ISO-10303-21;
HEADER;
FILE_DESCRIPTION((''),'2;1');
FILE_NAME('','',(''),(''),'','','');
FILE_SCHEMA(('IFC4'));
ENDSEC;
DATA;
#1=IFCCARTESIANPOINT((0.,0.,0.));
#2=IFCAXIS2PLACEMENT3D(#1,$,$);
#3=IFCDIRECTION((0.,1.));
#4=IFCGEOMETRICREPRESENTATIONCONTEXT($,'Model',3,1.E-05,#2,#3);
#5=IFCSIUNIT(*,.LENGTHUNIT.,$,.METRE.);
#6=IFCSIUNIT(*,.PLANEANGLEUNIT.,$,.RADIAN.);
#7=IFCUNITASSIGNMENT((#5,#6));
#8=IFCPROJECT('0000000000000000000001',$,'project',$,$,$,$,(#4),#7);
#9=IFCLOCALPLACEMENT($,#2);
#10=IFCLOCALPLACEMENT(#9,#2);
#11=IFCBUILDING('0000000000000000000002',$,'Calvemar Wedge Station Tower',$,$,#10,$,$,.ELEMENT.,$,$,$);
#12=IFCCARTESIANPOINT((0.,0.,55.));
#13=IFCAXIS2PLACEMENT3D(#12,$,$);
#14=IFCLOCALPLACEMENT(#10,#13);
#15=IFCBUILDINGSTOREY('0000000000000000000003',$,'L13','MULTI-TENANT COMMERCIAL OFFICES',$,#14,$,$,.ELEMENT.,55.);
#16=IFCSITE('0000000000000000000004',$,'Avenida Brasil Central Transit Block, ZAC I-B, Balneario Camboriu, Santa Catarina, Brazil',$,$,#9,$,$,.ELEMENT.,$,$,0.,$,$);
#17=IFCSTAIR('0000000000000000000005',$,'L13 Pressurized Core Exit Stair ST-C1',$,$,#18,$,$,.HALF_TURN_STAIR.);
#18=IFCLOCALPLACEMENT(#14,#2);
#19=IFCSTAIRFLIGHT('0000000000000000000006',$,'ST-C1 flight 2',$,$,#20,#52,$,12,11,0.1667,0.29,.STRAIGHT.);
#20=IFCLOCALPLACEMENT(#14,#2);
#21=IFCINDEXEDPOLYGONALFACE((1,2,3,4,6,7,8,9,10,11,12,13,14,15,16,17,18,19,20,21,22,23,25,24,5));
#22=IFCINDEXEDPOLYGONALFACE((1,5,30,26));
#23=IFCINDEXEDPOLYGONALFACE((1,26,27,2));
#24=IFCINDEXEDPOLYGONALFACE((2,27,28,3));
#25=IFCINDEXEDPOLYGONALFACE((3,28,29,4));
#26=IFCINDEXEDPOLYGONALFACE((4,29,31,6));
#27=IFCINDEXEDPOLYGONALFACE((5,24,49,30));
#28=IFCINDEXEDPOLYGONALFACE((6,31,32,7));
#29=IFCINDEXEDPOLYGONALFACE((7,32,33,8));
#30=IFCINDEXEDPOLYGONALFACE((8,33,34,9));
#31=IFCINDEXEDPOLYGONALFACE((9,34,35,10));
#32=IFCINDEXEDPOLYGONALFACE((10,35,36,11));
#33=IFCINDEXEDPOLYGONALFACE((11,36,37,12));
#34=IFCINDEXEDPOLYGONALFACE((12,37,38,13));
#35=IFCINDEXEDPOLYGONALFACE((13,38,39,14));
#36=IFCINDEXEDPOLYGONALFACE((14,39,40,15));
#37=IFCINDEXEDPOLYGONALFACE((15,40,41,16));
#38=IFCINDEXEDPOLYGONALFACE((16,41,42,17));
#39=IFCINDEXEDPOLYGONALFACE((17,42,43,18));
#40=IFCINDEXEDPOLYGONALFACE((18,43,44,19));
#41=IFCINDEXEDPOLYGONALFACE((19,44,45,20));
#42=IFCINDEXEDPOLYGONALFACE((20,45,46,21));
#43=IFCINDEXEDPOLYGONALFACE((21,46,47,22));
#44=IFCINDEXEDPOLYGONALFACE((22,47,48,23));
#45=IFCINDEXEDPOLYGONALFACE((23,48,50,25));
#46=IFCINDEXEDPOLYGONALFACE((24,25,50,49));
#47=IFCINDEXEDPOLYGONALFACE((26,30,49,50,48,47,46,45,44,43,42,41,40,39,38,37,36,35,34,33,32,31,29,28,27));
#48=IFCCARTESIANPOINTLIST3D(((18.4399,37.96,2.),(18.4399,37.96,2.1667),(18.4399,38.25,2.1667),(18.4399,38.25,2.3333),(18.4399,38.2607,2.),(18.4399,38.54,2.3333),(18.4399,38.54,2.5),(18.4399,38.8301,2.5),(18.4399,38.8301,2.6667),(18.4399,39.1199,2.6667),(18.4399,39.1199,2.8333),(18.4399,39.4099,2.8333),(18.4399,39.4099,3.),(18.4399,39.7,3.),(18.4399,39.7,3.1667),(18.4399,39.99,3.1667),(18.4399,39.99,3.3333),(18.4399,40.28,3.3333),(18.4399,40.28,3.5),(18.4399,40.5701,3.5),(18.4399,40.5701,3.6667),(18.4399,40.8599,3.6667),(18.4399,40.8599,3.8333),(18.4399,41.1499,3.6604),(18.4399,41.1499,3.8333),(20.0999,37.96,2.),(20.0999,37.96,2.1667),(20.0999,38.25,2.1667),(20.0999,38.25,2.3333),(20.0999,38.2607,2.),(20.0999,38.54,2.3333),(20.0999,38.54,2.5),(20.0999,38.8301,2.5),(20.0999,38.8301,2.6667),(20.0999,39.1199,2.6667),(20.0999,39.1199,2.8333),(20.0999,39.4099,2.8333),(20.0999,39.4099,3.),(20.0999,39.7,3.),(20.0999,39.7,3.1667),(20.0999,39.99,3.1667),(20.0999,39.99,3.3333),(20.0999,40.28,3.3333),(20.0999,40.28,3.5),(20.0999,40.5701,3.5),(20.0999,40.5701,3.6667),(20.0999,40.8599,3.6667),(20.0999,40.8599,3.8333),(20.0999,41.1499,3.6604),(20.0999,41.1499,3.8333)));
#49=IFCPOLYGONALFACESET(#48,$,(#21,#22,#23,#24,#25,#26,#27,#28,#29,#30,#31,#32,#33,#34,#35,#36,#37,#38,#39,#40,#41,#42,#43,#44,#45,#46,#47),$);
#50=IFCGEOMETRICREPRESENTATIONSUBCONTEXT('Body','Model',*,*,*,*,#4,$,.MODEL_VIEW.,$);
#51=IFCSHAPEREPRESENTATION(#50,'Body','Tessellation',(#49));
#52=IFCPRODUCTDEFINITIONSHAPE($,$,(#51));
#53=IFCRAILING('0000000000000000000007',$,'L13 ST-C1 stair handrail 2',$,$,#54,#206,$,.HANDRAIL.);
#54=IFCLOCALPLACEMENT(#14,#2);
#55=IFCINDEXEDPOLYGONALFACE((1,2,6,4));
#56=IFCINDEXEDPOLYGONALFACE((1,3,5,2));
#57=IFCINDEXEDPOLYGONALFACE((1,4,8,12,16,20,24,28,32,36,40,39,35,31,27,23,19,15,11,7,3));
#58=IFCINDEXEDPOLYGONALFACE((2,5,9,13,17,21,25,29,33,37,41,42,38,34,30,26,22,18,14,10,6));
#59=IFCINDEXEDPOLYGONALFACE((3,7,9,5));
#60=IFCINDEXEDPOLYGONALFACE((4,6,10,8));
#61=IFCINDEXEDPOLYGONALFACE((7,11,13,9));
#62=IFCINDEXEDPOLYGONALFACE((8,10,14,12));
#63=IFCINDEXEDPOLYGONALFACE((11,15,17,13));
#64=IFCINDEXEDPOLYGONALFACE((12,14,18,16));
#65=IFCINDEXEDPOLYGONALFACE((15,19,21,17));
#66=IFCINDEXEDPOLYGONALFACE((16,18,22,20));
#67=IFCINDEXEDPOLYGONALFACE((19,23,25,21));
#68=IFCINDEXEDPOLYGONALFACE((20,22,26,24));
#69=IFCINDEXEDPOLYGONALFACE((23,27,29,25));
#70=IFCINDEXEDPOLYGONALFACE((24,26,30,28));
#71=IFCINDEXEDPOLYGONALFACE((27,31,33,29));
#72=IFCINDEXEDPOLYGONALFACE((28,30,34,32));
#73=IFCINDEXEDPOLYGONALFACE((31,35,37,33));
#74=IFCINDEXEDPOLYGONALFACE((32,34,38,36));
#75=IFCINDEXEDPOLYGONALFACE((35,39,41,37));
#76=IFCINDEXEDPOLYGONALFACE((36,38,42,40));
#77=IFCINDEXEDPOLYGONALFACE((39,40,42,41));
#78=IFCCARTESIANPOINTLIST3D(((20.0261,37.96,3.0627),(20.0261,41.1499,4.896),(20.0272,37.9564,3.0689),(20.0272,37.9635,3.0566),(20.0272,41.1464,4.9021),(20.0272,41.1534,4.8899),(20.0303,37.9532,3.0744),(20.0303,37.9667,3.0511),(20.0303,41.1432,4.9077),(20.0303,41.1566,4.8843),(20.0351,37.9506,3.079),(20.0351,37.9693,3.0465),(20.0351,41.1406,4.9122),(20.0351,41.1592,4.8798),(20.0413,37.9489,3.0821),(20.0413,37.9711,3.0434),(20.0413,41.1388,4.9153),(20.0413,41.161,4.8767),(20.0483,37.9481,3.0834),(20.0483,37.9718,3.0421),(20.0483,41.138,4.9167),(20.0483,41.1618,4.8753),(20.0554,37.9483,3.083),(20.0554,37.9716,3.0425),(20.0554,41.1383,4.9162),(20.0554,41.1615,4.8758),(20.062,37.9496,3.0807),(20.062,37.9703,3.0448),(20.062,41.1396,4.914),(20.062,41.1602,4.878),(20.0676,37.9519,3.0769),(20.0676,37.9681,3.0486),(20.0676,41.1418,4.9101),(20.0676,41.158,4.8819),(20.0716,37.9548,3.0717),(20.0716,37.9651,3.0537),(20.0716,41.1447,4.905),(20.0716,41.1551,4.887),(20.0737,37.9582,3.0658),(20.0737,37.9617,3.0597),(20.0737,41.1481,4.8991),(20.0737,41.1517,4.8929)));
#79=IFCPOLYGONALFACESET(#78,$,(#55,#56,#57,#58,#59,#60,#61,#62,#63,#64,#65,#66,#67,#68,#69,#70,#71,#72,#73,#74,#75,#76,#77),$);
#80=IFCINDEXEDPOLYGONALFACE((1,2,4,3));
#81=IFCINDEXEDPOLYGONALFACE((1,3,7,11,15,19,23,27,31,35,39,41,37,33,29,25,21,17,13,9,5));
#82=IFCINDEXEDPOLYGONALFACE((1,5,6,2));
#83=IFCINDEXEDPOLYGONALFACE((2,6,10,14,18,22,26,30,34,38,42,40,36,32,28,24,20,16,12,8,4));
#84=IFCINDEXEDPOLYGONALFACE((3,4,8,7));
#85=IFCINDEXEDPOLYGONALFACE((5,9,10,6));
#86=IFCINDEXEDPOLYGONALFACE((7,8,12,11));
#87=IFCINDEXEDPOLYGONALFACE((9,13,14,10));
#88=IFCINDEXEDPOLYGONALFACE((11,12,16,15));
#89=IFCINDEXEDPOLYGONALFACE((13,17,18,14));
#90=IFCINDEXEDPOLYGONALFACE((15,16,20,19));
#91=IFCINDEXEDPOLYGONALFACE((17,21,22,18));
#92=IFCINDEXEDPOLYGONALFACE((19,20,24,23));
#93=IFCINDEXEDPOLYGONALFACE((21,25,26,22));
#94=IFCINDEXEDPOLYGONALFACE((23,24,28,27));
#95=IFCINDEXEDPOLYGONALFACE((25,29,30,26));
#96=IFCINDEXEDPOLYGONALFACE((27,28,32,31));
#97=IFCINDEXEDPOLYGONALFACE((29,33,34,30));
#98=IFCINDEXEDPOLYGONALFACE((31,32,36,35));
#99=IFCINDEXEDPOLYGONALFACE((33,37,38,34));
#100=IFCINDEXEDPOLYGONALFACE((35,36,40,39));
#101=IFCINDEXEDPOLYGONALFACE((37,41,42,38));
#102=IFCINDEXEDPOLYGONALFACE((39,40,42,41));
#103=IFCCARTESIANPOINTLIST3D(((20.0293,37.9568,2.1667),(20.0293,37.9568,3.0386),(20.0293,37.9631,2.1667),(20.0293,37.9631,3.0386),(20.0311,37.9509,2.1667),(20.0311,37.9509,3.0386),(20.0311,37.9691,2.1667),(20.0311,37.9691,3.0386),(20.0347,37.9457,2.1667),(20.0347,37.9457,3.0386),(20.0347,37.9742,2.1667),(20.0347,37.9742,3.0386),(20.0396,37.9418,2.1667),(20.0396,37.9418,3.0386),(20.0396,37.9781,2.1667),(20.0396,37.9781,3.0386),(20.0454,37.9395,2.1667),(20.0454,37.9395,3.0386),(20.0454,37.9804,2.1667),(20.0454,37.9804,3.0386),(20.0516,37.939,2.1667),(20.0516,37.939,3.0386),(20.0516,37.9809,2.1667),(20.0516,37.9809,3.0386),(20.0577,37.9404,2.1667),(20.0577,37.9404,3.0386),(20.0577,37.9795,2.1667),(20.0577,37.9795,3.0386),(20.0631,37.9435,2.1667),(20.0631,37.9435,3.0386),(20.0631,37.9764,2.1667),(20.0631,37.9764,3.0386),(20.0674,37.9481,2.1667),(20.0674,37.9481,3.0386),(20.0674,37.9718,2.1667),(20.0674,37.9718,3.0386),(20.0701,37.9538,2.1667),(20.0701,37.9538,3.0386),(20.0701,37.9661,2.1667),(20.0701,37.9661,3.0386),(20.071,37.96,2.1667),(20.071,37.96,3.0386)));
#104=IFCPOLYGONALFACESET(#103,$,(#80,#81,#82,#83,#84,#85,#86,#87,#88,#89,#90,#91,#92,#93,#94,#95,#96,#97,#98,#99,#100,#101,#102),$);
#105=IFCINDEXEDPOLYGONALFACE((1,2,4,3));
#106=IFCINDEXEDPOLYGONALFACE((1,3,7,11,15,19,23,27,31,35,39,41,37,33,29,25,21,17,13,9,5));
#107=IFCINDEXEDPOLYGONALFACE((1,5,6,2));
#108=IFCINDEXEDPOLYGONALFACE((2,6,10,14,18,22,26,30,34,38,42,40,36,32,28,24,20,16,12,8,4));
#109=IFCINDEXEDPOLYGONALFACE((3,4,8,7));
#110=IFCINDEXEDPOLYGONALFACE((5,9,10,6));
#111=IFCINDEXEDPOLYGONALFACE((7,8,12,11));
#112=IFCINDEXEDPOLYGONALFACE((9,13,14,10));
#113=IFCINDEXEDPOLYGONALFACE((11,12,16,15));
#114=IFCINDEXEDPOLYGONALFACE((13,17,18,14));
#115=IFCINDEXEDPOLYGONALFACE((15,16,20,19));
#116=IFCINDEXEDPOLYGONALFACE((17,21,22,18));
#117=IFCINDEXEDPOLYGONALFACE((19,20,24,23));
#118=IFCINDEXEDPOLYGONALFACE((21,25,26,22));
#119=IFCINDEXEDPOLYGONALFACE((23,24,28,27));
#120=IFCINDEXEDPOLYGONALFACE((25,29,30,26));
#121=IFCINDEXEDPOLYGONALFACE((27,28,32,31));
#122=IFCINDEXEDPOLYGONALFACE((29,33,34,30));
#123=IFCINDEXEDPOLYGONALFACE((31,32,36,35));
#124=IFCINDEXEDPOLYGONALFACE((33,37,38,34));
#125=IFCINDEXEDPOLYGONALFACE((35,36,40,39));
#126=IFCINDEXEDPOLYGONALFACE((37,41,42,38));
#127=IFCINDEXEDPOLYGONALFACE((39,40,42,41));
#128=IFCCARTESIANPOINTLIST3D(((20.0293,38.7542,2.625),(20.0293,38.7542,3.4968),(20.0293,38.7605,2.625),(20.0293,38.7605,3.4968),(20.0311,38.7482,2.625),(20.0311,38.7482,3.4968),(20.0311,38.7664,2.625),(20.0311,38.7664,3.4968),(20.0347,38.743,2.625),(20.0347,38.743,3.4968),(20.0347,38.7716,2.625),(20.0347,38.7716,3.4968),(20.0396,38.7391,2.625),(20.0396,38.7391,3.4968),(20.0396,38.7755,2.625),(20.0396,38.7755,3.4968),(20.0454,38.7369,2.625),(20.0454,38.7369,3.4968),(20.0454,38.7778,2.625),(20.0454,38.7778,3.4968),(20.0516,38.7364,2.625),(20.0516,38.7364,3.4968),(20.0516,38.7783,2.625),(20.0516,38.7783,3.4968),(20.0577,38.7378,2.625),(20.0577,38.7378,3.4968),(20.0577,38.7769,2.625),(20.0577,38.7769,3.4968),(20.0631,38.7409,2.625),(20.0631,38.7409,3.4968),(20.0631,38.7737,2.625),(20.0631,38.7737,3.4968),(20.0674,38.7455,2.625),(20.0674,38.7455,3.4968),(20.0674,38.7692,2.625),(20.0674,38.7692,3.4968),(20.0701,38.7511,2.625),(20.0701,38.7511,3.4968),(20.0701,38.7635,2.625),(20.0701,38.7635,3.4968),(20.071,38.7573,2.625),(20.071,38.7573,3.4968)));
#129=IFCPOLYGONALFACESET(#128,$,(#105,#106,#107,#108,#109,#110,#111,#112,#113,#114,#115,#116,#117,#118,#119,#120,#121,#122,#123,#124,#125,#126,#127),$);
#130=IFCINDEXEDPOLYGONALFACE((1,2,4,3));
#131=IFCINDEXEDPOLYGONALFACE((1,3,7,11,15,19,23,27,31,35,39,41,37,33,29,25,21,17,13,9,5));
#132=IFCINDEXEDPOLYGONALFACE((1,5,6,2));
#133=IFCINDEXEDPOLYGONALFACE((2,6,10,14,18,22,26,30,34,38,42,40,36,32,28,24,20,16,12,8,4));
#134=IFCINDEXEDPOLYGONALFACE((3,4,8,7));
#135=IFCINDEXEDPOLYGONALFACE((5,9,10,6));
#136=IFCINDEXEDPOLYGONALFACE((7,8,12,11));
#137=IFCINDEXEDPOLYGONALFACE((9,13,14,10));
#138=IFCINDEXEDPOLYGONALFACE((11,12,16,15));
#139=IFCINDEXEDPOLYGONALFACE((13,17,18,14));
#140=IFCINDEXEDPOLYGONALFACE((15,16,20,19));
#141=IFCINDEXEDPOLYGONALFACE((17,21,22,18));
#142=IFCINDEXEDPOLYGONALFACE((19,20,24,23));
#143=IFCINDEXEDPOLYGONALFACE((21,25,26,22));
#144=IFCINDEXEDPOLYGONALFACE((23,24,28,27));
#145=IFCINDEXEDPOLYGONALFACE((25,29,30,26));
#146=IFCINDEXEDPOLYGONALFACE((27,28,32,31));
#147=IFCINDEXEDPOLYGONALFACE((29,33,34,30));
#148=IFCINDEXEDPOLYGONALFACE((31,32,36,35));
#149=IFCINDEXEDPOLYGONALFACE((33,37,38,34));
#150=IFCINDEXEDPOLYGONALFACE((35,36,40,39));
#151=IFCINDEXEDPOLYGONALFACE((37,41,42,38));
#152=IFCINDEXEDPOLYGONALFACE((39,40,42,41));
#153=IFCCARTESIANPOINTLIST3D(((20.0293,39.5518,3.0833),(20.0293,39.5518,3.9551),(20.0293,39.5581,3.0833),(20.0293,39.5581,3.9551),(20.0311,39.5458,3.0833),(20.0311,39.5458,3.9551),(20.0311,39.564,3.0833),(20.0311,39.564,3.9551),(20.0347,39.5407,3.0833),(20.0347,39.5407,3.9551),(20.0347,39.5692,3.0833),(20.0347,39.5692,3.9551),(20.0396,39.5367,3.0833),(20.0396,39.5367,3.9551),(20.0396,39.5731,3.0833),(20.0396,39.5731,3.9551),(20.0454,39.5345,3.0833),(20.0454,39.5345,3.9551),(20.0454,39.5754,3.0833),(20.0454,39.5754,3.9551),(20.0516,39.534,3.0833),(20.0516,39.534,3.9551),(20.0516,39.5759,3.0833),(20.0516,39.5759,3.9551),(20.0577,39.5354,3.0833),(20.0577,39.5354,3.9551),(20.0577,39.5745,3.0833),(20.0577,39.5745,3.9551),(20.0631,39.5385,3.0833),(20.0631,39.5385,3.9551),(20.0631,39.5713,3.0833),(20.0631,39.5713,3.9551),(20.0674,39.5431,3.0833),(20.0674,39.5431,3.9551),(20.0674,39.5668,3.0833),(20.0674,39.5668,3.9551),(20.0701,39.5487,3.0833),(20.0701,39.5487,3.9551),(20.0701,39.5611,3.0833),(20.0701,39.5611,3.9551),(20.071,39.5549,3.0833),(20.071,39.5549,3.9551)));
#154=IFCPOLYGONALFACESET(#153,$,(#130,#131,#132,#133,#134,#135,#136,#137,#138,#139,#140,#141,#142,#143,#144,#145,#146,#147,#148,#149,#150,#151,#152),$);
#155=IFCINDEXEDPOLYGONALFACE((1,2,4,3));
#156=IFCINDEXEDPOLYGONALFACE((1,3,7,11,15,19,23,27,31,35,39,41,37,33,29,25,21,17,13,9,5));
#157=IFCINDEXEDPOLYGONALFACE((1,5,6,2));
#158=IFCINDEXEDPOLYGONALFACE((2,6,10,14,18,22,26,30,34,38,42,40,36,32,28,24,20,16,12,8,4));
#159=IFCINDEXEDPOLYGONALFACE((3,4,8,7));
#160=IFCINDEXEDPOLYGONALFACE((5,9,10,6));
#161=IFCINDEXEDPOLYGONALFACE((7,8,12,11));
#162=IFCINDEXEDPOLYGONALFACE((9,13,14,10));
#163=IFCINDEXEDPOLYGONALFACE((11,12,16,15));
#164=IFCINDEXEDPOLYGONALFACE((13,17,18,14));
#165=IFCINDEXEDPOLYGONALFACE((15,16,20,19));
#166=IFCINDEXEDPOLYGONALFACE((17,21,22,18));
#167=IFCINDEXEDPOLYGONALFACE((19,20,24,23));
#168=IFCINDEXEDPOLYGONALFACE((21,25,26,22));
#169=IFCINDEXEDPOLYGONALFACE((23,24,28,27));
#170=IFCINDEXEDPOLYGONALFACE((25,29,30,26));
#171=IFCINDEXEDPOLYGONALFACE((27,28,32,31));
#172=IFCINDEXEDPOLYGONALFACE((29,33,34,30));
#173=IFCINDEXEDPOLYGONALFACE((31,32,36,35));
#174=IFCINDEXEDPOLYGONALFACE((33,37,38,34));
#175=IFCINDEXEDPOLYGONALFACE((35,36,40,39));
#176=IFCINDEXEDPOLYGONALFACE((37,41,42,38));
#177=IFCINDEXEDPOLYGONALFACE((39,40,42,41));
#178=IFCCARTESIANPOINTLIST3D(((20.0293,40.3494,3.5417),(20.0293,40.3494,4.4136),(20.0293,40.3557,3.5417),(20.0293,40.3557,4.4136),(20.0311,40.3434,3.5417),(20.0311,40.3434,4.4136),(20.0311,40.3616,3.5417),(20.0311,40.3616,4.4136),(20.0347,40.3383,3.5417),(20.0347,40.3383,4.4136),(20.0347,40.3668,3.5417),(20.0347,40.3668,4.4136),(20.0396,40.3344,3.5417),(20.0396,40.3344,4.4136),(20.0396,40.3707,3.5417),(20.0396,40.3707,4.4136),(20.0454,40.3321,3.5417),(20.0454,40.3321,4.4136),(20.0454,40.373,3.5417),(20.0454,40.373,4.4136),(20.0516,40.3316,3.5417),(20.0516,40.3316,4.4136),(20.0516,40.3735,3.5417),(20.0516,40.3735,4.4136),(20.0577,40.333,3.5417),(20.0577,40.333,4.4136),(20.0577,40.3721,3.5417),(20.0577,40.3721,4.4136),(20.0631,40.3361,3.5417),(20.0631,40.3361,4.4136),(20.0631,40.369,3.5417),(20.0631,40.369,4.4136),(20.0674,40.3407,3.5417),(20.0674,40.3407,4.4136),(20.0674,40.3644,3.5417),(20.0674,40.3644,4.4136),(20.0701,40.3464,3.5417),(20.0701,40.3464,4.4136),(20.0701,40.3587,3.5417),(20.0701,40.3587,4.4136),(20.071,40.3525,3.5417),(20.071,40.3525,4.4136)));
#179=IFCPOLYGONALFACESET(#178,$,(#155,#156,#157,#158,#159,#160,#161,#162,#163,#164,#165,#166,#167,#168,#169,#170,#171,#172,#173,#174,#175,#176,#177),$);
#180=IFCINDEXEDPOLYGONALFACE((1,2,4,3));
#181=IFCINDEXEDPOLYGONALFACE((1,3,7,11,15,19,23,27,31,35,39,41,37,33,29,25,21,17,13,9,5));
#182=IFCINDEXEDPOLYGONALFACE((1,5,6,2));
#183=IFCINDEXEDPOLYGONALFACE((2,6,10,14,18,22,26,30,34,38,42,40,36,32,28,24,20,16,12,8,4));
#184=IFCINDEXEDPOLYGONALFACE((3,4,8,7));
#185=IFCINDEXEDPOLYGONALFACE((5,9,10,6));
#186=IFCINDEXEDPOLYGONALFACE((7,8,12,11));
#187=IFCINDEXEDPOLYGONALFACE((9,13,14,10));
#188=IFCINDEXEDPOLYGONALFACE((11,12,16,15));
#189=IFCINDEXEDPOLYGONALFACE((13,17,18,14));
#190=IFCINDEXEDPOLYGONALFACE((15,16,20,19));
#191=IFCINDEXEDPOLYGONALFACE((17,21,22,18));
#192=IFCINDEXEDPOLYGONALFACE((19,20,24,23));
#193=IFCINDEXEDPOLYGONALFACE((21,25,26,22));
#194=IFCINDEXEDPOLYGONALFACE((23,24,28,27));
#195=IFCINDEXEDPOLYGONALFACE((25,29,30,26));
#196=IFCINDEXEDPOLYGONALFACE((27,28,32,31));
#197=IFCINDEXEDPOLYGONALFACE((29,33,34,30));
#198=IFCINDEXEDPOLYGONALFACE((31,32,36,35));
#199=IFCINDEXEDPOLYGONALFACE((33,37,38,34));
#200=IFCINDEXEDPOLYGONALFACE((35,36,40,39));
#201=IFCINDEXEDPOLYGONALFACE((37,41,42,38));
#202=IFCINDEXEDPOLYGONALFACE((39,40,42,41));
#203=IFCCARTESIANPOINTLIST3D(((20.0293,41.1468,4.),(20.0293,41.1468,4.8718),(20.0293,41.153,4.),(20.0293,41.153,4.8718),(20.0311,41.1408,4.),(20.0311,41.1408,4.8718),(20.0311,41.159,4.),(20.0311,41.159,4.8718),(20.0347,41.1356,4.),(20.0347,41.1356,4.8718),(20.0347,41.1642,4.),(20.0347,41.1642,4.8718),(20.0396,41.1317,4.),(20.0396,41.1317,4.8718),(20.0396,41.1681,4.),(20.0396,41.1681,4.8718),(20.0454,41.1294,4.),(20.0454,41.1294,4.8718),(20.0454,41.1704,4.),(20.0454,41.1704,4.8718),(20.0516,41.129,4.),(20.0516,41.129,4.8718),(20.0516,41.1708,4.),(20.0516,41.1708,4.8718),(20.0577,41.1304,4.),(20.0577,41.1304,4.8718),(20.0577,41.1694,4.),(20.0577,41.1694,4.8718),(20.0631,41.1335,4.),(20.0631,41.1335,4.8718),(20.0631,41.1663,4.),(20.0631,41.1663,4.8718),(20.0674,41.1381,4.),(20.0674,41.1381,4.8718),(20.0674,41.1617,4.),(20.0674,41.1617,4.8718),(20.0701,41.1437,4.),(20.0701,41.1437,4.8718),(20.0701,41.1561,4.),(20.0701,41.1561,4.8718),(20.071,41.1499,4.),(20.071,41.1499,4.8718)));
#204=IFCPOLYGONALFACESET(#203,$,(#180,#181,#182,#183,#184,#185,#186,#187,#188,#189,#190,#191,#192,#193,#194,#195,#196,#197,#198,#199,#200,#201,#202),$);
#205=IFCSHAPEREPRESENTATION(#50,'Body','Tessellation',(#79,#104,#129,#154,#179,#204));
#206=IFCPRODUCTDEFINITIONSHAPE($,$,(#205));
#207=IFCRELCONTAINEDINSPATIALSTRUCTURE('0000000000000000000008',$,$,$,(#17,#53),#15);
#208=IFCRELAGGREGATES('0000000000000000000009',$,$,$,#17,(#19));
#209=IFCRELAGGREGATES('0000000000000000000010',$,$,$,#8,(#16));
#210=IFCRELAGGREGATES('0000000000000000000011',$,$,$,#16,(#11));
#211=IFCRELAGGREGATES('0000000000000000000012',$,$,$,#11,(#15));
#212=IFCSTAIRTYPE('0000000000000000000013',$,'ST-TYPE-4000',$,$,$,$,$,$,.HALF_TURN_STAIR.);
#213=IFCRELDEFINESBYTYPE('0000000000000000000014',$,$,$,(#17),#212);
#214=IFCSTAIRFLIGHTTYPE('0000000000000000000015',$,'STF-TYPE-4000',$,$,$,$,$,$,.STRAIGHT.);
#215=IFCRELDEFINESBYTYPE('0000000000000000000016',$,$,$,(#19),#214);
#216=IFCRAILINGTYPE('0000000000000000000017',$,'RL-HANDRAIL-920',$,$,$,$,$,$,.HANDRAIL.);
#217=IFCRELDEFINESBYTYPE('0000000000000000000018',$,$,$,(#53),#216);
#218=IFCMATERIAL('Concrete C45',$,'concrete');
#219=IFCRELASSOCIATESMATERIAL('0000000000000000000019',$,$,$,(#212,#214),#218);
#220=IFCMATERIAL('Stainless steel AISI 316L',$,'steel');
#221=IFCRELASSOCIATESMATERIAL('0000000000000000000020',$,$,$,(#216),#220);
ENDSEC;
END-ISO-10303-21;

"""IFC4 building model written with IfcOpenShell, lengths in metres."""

from ifc_helpers import new_model, si_unit, direction, frame, origin, origin_2d, place, context, subcontext, project, spatial, polyline, circle, outline, extrude, material, type_object, element, aggregate, save


model = new_model("IFC4")

# Units and contexts
model_context = context("Model", 3, precision=1e-05, world=origin(), true_north=direction((0.0, 1.0)))
body_context = subcontext(model_context, "Body", "Model", "MODEL_VIEW")
ifc_project = project(units=[si_unit("LENGTHUNIT", "METRE"), si_unit("PLANEANGLEUNIT", "RADIAN")], contexts=[model_context])

# Site, building, storey
site_placement = place(None, origin())
site = spatial("IfcSite", under=ifc_project, at=site_placement, Name="Avenida Brasil Central Transit Block, ZAC I-B, Balneario Camboriu, Santa Catarina, Brazil", CompositionType="ELEMENT", RefElevation=0.0)
building_placement = place(site_placement, origin())
building = spatial("IfcBuilding", under=site, at=building_placement, Name="Calvemar Wedge Station Tower", CompositionType="ELEMENT")
storey_placement = place(building_placement, frame((0.0, 0.0, 55.0)))
storey = spatial("IfcBuildingStorey", under=building, at=storey_placement, Name="L13", Description="MULTI-TENANT COMMERCIAL OFFICES", CompositionType="ELEMENT", Elevation=55.0)

# Stair, stair flight
ifc_material_1 = material(Name="Concrete C45", Category="concrete")
stair_type = type_object("IfcStairType", Name="ST-TYPE-4000", PredefinedType="HALF_TURN_STAIR", material=ifc_material_1)
stair_placement = place(storey_placement, origin())
stair = element("IfcStair", 1, at=stair_placement, inside=storey, type_object=stair_type, Name="L13 Pressurized Core Exit Stair ST-C1", PredefinedType="HALF_TURN_STAIR")
stair_flight_type = type_object("IfcStairFlightType", Name="STF-TYPE-4000", PredefinedType="STRAIGHT", material=ifc_material_1)
stair_flight_placement = place(storey_placement, frame((19.27, 37.96, 2.0), z_axis=(0.0, 0.0, 1.0), x_axis=(0.0, 1.0, 0.0)))
stair_flight = element("IfcStairFlight", 2, at=stair_flight_placement, type_object=stair_flight_type, Name="ST-C1 flight 2", NumberOfRisers=12, NumberOfTreads=11, PredefinedType="STRAIGHT", RiserHeight=0.1667, TreadLength=0.29, context=body_context, shape_type="SweptSolid", body=[
    extrude(outline(polyline([(0.0, 0.0), (0.0, 0.1667), (0.29, 0.1667), (0.29, 0.3333), (0.5801, 0.3333), (0.5801, 0.5), (0.8701, 0.5), (0.8701, 0.6667), (1.1599, 0.6667), (1.1599, 0.8333), (1.45, 0.8333), (1.45, 1.0), (1.74, 1.0), (1.74, 1.1667), (2.03, 1.1667), (2.03, 1.3333), (2.3201, 1.3333), (2.3201, 1.5), (2.6101, 1.5), (2.6101, 1.6667), (2.8999, 1.6667), (2.8999, 1.8333), (3.1899, 1.8333), (3.1899, 2.0), (3.1899, 1.6604), (0.3008, 0.0), (0.0, 0.0)])), frame((0.0, 0.8301, 0.0), z_axis=(0.0, -1.0, 0.0), x_axis=(1.0, 0.0, 0.0)), (0.0, 0.0, 1.0), 1.6599),
])
aggregate(stair, [stair_flight])

# Railing
ifc_material_2 = material(Name="Stainless steel AISI 316L", Category="steel")
railing_type_1 = type_object("IfcRailingType", Name="RL-HANDRAIL-920", PredefinedType="HANDRAIL", material=ifc_material_2)
railing_1_placement = place(storey_placement, frame((20.05, 37.96, 2.1667)))
element("IfcRailing", 3, at=railing_1_placement, inside=storey, type_object=railing_type_1, Name="L13 ST-C1 stair handrail 2", PredefinedType="HANDRAIL", context=body_context, shape_type="SweptSolid", body=[
    extrude(circle(Radius=0.0239, at=origin_2d()), frame((0.0, 0.0, 0.896), z_axis=(0.0, 0.86702, 0.498274), x_axis=(-1.0, 0.0, 0.0)), (0.0, 0.0, 1.0), 3.6792),
    extrude(circle(Radius=0.021, at=origin_2d()), origin(), (0.0, 0.0, 1.0), 0.8718),
    extrude(circle(Radius=0.021, at=origin_2d()), frame((0.0, 0.7974, 0.4583)), (0.0, 0.0, 1.0), 0.8718),
    extrude(circle(Radius=0.021, at=origin_2d()), frame((0.0, 1.595, 0.9165)), (0.0, 0.0, 1.0), 0.8718),
    extrude(circle(Radius=0.021, at=origin_2d()), frame((0.0, 2.3926, 1.375)), (0.0, 0.0, 1.0), 0.8718),
    extrude(circle(Radius=0.021, at=origin_2d()), frame((0.0, 3.1899, 1.8333)), (0.0, 0.0, 1.0), 0.8718),
])

save(model, "model.ifc")
